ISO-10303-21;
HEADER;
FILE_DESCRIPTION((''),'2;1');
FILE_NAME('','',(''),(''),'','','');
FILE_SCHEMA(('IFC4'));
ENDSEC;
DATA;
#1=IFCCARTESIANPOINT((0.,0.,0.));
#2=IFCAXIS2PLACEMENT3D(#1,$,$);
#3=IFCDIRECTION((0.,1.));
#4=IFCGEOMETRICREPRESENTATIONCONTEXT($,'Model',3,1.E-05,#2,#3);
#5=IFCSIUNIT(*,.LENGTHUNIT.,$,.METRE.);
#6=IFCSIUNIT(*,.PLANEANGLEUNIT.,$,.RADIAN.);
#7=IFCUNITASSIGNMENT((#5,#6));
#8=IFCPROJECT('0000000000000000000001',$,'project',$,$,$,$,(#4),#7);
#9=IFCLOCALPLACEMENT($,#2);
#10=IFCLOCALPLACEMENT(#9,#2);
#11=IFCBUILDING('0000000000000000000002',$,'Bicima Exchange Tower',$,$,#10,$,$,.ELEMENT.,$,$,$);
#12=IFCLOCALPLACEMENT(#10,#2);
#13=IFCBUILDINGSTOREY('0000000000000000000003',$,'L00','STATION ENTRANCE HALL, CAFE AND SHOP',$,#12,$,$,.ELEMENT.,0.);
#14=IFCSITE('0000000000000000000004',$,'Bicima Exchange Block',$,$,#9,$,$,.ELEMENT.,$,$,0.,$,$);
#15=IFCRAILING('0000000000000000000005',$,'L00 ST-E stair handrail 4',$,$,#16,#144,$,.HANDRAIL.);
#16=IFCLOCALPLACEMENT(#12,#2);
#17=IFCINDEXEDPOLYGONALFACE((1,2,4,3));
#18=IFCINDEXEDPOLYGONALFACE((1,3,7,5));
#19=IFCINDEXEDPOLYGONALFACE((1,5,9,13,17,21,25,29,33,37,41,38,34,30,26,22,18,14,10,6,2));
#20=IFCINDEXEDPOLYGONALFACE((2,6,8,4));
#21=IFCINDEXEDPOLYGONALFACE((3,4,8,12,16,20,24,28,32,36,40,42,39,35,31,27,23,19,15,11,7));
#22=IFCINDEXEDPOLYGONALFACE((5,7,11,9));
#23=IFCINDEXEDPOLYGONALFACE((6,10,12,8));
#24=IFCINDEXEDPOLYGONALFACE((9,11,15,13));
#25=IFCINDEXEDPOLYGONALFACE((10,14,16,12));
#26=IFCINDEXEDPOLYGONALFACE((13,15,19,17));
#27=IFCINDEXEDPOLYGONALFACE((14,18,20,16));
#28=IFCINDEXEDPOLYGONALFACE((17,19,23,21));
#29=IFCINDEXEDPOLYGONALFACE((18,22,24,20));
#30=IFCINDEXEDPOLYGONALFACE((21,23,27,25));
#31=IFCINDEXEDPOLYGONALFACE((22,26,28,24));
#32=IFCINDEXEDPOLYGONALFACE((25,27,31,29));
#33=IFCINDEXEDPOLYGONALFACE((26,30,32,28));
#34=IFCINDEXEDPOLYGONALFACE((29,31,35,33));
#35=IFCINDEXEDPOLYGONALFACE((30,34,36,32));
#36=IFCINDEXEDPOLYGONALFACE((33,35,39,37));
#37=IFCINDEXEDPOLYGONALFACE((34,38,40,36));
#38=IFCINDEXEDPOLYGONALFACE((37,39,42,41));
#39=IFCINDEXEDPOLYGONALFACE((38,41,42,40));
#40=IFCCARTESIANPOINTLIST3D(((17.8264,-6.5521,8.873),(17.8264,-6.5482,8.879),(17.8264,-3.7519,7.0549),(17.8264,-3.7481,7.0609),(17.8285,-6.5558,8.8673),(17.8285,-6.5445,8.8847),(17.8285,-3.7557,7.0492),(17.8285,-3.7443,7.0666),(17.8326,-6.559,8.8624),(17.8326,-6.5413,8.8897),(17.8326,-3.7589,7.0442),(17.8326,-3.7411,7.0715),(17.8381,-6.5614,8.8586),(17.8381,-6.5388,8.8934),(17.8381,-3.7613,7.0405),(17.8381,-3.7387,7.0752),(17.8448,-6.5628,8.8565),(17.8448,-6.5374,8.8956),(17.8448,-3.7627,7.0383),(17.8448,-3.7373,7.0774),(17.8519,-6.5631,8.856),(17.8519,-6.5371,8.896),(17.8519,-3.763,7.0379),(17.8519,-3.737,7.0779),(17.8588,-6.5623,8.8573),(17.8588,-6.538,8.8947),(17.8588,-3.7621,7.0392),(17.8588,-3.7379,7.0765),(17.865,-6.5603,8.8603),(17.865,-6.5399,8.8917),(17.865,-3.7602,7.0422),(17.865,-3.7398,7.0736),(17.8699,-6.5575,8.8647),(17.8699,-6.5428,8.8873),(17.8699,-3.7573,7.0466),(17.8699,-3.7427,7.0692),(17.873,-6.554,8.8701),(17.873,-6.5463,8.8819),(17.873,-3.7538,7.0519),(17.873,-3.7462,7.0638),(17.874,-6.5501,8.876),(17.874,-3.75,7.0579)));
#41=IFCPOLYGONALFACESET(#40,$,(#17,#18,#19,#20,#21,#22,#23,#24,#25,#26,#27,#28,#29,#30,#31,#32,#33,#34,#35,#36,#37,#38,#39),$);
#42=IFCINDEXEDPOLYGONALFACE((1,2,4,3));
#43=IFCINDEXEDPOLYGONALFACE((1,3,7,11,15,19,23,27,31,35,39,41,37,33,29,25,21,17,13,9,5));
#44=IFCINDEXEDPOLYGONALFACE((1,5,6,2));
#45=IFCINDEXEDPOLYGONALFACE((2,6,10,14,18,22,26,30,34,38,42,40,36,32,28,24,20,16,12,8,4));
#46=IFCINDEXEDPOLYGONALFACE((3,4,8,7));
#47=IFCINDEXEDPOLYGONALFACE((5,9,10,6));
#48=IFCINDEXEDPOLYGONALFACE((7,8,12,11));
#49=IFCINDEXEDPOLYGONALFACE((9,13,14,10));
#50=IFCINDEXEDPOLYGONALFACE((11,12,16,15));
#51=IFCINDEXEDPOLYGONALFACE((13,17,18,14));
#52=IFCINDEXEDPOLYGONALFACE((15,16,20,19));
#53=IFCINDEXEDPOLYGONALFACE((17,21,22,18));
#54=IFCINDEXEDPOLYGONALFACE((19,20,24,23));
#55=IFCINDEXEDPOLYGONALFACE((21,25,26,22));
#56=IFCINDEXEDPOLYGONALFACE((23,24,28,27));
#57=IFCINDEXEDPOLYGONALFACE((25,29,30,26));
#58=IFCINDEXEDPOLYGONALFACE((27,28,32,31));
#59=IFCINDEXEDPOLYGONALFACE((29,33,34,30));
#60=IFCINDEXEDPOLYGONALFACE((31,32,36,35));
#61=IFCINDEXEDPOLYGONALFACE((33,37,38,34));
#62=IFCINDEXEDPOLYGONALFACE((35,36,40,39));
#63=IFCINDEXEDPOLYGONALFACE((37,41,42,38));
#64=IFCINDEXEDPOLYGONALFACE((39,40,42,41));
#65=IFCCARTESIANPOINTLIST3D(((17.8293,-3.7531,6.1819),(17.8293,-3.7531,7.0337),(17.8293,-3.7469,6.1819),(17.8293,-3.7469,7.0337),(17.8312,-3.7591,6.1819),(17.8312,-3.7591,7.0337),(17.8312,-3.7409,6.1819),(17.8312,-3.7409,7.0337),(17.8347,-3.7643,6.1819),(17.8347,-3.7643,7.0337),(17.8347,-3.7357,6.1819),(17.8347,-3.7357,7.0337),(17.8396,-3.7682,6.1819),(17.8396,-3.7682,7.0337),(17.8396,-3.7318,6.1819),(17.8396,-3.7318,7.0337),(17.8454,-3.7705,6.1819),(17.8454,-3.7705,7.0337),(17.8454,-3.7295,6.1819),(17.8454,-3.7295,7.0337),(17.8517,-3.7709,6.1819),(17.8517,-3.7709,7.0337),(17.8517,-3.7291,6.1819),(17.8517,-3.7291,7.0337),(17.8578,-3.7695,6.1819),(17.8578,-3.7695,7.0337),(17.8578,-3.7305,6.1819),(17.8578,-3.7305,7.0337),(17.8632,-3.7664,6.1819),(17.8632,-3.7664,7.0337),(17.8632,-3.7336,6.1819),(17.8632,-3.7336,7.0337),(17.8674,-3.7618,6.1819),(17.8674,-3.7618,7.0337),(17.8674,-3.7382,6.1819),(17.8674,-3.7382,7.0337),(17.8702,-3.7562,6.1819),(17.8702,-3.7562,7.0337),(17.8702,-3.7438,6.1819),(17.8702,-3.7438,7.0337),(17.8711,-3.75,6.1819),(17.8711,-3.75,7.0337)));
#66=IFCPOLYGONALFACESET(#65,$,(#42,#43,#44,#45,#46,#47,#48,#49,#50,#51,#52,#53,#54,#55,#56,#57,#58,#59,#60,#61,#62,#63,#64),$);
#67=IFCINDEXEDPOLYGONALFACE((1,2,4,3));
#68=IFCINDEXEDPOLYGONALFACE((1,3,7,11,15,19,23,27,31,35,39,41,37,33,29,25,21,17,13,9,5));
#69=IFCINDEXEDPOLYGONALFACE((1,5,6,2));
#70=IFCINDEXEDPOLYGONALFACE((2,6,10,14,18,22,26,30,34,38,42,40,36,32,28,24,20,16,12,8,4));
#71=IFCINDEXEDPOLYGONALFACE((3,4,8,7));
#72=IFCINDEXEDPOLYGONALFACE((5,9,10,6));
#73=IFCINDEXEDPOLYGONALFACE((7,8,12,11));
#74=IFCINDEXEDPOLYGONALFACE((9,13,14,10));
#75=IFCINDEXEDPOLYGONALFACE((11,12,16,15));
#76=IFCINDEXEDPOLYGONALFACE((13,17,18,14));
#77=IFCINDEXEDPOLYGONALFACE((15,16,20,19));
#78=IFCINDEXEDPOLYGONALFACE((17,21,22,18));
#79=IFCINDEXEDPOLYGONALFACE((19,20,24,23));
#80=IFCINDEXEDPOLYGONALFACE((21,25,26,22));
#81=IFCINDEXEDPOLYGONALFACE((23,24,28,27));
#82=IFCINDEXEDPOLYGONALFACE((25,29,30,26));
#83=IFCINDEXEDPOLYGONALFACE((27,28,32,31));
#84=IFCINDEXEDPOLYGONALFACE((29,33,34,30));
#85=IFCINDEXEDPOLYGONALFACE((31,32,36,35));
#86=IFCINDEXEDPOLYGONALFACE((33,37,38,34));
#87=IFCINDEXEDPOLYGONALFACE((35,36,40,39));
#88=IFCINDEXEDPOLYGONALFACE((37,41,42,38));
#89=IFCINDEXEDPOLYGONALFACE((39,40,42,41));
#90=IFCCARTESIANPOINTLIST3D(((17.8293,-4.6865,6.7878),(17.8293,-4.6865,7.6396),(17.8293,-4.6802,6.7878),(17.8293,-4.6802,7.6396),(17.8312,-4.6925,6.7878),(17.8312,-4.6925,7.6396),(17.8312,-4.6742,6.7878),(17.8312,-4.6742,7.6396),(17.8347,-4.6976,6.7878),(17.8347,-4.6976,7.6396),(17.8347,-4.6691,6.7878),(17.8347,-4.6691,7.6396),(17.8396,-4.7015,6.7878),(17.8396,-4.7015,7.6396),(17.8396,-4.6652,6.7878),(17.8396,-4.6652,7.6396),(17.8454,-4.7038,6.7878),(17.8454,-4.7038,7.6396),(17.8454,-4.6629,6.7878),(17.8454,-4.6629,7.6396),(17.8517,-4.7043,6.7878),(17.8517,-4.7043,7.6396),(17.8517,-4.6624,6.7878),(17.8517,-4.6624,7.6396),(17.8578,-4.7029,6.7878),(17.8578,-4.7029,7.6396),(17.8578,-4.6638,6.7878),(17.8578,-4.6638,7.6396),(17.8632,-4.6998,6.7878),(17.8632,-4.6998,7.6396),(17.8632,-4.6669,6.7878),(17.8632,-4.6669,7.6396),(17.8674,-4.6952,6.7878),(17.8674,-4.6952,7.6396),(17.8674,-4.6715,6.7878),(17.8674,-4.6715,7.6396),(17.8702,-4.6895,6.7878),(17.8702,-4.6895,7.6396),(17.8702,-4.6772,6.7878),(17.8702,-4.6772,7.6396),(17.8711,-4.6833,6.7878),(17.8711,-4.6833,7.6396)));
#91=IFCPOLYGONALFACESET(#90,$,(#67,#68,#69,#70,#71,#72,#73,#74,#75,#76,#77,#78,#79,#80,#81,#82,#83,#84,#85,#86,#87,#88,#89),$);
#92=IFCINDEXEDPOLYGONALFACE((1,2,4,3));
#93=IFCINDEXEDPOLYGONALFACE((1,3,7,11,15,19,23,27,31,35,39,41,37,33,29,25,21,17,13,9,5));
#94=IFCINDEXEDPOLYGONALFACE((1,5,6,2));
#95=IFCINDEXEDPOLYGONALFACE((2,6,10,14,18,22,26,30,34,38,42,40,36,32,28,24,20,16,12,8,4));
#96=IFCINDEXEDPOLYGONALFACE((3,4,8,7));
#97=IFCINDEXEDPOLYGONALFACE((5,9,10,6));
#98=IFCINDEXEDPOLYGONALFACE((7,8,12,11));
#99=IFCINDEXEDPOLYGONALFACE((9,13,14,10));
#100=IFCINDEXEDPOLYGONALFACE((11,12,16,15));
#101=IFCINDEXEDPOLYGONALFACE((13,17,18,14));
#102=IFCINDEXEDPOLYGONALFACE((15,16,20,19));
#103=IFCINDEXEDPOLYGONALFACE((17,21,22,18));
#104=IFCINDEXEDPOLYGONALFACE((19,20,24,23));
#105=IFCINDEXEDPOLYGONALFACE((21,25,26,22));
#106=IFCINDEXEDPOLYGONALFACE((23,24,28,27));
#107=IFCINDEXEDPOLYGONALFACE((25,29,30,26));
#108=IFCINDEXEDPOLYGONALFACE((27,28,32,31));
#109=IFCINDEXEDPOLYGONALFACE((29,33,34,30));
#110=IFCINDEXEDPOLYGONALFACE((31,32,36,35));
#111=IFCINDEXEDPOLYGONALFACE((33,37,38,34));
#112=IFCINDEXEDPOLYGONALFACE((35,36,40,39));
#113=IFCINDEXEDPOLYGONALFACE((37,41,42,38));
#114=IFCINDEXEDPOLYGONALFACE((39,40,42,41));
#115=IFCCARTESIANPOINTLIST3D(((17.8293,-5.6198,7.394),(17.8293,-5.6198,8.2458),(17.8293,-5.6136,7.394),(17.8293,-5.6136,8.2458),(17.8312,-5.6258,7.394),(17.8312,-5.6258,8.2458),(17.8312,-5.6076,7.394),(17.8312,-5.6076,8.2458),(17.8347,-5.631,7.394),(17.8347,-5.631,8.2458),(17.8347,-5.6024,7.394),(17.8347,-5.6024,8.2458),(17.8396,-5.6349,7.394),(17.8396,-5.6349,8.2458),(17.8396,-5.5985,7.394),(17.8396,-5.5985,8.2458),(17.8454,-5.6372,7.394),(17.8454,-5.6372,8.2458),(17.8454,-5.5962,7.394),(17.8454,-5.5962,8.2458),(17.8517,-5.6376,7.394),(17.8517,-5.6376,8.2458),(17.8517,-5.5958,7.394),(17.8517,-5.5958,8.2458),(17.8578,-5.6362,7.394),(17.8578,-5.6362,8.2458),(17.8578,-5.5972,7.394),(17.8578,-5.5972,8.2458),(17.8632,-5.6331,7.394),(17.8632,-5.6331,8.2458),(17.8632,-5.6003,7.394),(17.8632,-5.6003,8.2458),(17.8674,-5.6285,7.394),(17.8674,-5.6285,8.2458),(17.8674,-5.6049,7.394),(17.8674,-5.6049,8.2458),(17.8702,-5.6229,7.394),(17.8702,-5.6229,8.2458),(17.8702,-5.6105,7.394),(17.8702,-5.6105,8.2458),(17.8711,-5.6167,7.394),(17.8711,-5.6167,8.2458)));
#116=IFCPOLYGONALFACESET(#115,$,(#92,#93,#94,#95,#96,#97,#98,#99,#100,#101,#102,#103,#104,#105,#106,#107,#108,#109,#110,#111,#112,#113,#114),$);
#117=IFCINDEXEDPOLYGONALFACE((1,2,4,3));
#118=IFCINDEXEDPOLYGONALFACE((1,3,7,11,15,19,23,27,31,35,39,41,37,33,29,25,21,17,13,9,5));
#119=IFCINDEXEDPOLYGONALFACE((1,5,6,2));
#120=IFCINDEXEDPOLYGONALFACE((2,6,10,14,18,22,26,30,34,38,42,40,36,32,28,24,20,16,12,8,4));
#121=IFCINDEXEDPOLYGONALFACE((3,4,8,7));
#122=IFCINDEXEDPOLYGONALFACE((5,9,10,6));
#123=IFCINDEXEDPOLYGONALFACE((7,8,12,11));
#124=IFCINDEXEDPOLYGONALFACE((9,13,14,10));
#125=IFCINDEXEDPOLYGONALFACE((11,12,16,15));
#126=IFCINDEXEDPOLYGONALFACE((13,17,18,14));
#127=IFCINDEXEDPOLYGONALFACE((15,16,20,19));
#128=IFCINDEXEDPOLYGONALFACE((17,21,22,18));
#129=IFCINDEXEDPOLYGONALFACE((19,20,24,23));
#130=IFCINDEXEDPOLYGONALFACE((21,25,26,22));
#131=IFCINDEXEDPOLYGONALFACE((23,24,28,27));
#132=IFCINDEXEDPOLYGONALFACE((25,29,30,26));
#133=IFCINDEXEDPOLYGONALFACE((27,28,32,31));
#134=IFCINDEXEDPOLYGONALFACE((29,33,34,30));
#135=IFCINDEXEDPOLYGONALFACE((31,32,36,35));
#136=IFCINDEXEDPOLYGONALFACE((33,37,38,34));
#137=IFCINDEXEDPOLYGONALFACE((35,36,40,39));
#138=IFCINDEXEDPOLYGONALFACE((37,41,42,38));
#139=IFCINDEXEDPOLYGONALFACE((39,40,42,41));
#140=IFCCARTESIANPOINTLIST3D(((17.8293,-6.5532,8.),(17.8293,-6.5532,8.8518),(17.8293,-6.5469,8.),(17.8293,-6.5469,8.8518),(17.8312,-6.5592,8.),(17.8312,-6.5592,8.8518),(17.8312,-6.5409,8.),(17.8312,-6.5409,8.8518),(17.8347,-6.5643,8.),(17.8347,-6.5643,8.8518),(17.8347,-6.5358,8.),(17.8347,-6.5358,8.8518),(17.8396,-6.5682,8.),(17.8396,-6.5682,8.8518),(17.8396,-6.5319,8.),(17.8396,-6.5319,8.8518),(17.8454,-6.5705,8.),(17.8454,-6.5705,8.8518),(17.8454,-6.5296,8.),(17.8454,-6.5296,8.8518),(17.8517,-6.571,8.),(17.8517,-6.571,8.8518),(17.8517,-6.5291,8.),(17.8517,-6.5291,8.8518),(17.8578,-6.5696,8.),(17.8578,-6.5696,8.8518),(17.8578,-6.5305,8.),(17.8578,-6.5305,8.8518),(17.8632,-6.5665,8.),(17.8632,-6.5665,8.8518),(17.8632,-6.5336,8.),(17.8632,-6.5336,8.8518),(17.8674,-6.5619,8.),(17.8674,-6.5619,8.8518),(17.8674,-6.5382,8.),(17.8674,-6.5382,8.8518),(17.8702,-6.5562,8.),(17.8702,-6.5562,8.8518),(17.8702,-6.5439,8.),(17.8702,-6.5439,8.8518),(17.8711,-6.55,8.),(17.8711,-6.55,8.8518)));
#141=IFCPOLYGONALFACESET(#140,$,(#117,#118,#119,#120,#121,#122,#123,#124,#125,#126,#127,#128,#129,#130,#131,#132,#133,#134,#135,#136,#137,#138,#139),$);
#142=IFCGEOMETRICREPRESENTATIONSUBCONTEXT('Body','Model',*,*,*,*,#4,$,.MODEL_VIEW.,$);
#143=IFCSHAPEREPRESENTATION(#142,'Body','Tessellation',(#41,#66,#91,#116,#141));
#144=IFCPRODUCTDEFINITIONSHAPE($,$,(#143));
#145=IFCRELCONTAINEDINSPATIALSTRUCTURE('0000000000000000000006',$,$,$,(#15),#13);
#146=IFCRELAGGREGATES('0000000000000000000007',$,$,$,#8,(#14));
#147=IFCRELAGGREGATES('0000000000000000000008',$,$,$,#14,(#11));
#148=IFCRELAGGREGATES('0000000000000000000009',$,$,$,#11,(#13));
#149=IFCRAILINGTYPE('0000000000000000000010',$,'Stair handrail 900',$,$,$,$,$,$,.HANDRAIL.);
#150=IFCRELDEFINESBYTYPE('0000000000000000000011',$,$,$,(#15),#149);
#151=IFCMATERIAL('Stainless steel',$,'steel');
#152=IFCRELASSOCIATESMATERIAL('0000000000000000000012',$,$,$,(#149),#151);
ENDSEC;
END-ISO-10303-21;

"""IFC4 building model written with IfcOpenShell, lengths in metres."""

from ifc_helpers import new_model, si_unit, direction, frame, origin, origin_2d, place, context, subcontext, project, spatial, circle, extrude, material, type_object, element, save


model = new_model("IFC4")

# Units and contexts
model_context = context("Model", 3, precision=1e-05, world=origin(), true_north=direction((0.0, 1.0)))
body_context = subcontext(model_context, "Body", "Model", "MODEL_VIEW")
ifc_project = project(units=[si_unit("LENGTHUNIT", "METRE"), si_unit("PLANEANGLEUNIT", "RADIAN")], contexts=[model_context])

# Site, building, storey
site_placement = place(None, origin())
site = spatial("IfcSite", under=ifc_project, at=site_placement, Name="Bicima Exchange Block", CompositionType="ELEMENT", RefElevation=0.0)
building_placement = place(site_placement, origin())
building = spatial("IfcBuilding", under=site, at=building_placement, Name="Bicima Exchange Tower", CompositionType="ELEMENT")
storey_placement = place(building_placement, origin())
storey = spatial("IfcBuildingStorey", under=building, at=storey_placement, Name="L00", Description="STATION ENTRANCE HALL, CAFE AND SHOP", CompositionType="ELEMENT", Elevation=0.0)

# Railing
ifc_material_1 = material(Name="Stainless steel", Category="steel")
railing_type_1 = type_object("IfcRailingType", Name="Stair handrail 900", PredefinedType="HANDRAIL", material=ifc_material_1)
railing_1_placement = place(storey_placement, frame((17.8501, -3.75, 6.1819)))
element("IfcRailing", 1, at=railing_1_placement, inside=storey, type_object=railing_type_1, Name="L00 ST-E stair handrail 4", PredefinedType="HANDRAIL", context=body_context, shape_type="SweptSolid", body=[
    extrude(circle(Radius=0.0239, at=origin_2d()), frame((0.0, 0.0, 0.876), z_axis=(0.0, -0.838706, 0.544585), x_axis=(1.0, 0.0, 0.0)), (0.0, 0.0, 1.0), 3.3386),
    extrude(circle(Radius=0.021, at=origin_2d()), origin(), (0.0, 0.0, 1.0), 0.8518),
    extrude(circle(Radius=0.021, at=origin_2d()), frame((0.0, -0.9333, 0.606)), (0.0, 0.0, 1.0), 0.8518),
    extrude(circle(Radius=0.021, at=origin_2d()), frame((0.0, -1.8667, 1.2122)), (0.0, 0.0, 1.0), 0.8518),
    extrude(circle(Radius=0.021, at=origin_2d()), frame((0.0, -2.8, 1.8181)), (0.0, 0.0, 1.0), 0.8518),
])

save(model, "model.ifc")
